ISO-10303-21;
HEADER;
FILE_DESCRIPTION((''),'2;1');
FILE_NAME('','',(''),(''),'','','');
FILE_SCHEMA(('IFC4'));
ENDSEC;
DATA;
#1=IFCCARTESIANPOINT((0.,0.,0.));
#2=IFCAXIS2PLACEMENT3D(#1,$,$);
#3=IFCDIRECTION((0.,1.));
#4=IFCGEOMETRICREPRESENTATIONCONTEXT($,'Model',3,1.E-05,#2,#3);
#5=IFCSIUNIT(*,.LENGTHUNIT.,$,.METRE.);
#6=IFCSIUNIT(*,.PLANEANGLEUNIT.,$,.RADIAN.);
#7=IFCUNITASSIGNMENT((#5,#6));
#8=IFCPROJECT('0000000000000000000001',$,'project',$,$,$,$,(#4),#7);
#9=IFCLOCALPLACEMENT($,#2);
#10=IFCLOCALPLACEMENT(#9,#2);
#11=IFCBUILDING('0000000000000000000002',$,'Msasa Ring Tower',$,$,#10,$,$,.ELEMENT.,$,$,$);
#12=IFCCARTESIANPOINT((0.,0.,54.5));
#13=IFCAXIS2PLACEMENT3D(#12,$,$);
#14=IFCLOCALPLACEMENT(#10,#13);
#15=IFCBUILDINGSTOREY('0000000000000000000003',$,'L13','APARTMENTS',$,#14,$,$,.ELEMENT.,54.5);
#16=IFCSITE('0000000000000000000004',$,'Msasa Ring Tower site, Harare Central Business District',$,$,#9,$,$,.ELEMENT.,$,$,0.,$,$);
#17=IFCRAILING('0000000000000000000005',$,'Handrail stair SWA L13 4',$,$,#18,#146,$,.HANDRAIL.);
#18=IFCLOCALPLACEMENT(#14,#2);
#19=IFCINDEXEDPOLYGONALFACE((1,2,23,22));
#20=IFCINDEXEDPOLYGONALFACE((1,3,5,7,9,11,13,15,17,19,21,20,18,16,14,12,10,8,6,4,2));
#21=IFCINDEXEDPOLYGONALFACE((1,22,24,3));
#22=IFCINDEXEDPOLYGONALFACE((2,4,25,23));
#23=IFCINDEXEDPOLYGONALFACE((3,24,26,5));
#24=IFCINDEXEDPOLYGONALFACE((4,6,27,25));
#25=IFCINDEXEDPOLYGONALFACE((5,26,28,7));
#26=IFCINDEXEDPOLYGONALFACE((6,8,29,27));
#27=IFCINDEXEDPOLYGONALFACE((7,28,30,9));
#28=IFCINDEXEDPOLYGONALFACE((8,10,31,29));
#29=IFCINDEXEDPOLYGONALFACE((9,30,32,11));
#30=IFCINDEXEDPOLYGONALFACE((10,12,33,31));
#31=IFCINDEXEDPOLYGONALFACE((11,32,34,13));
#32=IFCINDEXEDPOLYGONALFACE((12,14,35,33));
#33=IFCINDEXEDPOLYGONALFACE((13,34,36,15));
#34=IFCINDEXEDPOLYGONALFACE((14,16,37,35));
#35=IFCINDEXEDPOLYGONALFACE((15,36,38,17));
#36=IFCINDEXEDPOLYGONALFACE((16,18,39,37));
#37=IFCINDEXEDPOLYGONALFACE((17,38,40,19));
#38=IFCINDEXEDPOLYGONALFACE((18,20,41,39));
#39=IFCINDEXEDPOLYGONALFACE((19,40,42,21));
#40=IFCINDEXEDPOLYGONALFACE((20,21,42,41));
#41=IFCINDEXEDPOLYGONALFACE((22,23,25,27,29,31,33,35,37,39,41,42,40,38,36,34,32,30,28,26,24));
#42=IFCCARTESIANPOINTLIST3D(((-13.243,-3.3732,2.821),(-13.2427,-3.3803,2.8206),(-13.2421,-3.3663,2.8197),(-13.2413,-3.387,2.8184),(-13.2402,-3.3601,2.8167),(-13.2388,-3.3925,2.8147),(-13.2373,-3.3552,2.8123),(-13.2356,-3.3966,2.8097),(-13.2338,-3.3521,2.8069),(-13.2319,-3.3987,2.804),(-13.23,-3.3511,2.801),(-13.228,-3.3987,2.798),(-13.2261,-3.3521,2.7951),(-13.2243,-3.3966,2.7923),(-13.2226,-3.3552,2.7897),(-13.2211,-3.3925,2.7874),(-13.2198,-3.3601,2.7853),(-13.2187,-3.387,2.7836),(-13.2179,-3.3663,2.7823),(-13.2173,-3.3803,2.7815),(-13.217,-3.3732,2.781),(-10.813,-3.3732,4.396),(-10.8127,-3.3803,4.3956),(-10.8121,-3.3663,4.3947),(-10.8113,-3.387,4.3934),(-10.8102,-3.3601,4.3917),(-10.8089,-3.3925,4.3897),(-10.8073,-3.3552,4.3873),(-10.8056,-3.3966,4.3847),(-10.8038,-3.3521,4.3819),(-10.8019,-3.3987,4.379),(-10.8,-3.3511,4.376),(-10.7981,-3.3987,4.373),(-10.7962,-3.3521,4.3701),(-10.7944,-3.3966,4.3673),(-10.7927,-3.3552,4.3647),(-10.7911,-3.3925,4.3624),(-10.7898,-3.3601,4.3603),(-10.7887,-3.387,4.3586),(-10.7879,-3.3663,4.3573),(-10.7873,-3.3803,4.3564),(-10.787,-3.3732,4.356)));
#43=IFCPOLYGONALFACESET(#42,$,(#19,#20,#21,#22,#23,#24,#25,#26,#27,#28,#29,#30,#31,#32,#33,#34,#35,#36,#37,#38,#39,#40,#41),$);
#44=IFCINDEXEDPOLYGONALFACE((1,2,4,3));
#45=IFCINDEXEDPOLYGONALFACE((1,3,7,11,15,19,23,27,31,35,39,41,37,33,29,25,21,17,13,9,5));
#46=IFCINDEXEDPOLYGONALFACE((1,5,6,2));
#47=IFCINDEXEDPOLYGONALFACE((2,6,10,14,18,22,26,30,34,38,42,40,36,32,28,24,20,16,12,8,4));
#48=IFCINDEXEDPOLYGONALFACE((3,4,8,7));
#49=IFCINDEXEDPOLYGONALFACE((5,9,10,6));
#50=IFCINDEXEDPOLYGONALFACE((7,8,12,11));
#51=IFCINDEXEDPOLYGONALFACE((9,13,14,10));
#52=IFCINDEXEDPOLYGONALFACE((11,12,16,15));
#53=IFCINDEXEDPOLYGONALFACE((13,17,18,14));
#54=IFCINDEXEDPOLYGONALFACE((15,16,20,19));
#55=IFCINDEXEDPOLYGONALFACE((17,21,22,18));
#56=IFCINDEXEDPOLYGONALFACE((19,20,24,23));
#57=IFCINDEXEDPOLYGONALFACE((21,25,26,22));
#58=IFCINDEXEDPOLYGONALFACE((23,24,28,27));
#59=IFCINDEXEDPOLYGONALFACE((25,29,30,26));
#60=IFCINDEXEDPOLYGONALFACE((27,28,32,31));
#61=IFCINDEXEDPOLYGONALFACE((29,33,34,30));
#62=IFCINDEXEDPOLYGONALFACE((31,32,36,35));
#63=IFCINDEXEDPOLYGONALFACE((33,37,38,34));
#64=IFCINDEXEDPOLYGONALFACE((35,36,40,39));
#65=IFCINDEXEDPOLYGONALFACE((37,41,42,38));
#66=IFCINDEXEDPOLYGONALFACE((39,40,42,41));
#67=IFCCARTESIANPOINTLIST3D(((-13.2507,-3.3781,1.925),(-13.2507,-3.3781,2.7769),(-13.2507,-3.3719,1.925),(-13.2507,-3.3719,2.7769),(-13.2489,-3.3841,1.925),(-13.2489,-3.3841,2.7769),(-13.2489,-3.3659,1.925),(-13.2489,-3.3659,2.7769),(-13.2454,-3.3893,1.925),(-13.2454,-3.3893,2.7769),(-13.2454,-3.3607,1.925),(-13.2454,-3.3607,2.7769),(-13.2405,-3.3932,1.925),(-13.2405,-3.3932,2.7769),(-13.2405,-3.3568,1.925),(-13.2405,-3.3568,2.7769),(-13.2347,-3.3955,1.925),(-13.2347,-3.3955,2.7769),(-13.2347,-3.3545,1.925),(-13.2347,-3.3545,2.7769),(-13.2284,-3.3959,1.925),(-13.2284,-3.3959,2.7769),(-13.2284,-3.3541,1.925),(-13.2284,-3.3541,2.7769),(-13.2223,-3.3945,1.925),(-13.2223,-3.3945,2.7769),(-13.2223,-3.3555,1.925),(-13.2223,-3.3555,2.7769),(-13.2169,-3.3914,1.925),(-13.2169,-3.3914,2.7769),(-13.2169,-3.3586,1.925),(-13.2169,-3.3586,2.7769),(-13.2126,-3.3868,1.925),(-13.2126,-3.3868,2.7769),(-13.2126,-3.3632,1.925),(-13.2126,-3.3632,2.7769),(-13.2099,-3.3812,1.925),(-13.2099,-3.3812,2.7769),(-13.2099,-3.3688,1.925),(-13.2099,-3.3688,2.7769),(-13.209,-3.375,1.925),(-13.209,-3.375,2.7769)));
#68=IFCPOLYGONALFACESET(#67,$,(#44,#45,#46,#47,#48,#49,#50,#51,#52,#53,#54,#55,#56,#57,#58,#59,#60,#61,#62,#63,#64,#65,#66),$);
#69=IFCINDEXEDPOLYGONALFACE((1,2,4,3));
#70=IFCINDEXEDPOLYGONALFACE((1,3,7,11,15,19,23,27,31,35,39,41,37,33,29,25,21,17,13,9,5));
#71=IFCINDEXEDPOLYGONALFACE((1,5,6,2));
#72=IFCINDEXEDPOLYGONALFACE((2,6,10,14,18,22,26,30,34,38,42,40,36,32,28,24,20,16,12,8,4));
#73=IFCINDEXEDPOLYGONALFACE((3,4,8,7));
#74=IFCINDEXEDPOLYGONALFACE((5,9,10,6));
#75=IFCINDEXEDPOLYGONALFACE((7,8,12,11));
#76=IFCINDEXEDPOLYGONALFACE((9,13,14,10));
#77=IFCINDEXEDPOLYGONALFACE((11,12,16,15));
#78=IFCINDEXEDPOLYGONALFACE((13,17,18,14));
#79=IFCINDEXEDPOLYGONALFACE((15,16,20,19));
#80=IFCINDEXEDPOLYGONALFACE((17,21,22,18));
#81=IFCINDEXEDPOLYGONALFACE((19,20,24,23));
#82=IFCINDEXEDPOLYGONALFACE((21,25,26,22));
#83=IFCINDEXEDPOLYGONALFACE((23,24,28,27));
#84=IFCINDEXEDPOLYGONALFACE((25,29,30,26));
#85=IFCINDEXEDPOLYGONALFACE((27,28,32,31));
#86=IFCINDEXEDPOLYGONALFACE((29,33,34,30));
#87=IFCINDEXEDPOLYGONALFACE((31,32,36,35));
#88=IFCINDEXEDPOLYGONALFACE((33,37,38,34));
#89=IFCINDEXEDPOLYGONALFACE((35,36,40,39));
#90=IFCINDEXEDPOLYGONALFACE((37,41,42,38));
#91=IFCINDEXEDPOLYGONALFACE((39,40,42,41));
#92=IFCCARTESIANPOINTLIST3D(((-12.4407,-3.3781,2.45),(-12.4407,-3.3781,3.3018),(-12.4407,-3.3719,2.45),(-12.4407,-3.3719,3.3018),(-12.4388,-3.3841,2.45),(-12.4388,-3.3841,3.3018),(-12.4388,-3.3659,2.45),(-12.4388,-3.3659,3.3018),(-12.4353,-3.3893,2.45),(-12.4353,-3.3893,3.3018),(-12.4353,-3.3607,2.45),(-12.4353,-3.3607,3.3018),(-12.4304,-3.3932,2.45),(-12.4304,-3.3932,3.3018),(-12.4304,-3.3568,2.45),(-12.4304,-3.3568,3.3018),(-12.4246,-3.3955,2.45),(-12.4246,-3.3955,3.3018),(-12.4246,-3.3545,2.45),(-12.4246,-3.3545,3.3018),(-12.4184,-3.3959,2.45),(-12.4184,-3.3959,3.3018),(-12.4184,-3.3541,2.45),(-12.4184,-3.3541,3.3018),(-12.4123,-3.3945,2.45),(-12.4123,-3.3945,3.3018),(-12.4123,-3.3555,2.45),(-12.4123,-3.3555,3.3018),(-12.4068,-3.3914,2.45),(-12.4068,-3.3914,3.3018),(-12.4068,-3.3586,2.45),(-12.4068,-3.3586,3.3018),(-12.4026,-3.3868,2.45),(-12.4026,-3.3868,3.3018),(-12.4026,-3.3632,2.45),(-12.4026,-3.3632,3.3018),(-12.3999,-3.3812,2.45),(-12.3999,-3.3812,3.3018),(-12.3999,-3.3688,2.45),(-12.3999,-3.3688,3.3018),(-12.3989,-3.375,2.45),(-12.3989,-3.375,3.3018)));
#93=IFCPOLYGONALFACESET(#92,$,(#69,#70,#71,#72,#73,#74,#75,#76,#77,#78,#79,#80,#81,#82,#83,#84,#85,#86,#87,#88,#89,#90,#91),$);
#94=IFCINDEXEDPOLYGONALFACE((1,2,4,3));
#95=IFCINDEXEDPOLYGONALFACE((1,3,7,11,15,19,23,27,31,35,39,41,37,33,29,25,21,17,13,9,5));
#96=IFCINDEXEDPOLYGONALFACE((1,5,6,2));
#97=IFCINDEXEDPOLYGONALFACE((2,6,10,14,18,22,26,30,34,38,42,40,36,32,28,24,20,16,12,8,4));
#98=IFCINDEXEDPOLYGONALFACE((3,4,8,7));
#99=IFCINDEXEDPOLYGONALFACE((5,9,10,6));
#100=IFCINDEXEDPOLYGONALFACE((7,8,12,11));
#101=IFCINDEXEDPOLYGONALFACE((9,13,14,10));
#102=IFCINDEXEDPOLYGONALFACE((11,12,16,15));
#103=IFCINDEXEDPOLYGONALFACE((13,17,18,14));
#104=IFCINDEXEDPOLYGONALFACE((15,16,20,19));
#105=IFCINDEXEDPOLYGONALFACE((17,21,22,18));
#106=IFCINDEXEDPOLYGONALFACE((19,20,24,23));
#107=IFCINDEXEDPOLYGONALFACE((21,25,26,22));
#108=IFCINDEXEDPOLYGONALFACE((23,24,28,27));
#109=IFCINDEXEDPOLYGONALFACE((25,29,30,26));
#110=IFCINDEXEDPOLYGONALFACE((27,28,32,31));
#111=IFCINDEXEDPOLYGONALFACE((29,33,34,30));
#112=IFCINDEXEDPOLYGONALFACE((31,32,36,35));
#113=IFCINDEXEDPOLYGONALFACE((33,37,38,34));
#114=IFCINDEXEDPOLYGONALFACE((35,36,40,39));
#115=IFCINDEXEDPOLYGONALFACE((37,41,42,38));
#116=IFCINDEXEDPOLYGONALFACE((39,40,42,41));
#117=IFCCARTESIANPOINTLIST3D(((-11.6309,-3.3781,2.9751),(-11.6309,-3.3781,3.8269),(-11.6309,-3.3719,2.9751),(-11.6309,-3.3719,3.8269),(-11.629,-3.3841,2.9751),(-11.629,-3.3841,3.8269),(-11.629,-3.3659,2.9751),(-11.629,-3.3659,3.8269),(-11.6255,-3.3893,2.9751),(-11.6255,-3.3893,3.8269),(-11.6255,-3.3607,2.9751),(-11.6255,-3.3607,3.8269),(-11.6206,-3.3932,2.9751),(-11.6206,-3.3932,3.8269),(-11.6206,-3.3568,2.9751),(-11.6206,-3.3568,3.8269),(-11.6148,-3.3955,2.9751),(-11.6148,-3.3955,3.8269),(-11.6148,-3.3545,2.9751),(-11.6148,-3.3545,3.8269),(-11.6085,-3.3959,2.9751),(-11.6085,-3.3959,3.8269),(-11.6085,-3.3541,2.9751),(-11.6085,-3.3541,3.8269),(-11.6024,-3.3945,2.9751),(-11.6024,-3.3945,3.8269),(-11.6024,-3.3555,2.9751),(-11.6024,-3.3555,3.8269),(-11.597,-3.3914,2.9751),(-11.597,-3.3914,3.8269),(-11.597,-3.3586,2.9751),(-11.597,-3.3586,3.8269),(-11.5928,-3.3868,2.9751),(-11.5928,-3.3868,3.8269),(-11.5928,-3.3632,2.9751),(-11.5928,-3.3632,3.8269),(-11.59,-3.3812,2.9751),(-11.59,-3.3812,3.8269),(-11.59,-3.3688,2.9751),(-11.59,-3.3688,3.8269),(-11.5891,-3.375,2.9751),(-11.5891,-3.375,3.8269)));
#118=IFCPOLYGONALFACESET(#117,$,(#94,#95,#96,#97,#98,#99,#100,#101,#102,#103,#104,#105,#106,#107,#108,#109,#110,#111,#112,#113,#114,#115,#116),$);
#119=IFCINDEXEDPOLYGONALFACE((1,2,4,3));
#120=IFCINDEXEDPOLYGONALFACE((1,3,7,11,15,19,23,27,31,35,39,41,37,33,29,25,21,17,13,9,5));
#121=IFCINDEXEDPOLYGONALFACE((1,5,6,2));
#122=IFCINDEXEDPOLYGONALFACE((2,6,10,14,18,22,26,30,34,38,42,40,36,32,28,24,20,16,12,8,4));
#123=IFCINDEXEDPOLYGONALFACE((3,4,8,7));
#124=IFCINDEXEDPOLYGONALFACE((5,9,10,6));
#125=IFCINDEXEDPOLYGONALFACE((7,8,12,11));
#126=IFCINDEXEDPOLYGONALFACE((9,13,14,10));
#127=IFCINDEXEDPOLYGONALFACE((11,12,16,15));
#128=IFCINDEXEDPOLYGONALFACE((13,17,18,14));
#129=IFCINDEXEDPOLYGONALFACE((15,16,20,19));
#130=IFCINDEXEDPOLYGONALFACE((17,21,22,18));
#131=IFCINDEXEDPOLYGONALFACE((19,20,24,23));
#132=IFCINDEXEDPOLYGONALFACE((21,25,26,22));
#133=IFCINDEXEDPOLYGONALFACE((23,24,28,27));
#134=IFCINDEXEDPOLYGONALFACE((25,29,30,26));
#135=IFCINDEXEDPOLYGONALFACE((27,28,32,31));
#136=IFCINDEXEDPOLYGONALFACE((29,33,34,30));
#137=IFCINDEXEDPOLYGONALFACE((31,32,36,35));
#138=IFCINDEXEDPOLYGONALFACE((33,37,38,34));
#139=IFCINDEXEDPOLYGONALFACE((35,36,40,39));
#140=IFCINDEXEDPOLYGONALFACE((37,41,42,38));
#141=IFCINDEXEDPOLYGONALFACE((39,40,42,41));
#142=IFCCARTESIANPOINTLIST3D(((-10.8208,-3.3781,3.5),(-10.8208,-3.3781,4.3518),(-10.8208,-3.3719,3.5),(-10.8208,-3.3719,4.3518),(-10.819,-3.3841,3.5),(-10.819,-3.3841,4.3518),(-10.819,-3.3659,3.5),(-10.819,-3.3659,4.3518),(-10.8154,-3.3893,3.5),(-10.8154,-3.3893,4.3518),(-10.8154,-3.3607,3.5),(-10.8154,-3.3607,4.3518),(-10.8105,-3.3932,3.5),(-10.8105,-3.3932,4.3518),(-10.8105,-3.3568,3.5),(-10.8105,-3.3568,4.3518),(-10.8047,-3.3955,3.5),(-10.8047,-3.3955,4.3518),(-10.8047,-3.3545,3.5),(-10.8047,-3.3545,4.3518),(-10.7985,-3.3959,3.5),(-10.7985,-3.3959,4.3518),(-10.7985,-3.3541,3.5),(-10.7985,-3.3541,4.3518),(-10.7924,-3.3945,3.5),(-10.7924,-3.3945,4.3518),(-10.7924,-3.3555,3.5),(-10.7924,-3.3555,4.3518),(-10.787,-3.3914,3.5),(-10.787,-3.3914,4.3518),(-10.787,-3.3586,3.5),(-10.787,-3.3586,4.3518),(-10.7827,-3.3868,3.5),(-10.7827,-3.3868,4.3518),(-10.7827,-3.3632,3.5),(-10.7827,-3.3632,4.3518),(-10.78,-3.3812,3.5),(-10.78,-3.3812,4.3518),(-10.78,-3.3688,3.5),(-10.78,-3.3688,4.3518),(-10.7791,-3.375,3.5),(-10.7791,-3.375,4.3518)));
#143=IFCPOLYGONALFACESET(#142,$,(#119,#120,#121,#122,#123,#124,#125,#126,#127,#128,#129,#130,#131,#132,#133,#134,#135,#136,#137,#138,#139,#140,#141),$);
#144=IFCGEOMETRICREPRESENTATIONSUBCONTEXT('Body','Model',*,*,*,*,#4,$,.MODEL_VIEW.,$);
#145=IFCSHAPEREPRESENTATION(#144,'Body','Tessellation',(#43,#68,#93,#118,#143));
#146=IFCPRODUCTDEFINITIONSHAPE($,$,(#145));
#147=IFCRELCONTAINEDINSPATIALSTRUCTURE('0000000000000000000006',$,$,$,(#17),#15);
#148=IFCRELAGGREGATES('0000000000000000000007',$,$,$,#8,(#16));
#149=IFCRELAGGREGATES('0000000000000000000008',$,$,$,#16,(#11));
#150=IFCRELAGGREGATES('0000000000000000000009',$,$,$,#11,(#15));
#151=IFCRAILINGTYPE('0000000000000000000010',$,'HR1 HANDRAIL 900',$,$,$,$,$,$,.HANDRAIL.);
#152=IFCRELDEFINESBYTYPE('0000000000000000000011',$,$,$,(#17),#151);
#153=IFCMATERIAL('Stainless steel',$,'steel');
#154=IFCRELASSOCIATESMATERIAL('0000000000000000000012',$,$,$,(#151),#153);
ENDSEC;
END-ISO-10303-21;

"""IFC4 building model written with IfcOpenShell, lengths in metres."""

from ifc_helpers import new_model, si_unit, direction, frame, origin, origin_2d, place, context, subcontext, project, spatial, circle, extrude, material, type_object, element, save


model = new_model("IFC4")

# Units and contexts
model_context = context("Model", 3, precision=1e-05, world=origin(), true_north=direction((0.0, 1.0)))
body_context = subcontext(model_context, "Body", "Model", "MODEL_VIEW")
ifc_project = project(units=[si_unit("LENGTHUNIT", "METRE"), si_unit("PLANEANGLEUNIT", "RADIAN")], contexts=[model_context])

# Site, building, storey
site_placement = place(None, origin())
site = spatial("IfcSite", under=ifc_project, at=site_placement, Name="Msasa Ring Tower site, Harare Central Business District", CompositionType="ELEMENT", RefElevation=0.0)
building_placement = place(site_placement, origin())
building = spatial("IfcBuilding", under=site, at=building_placement, Name="Msasa Ring Tower", CompositionType="ELEMENT")
storey_placement = place(building_placement, frame((0.0, 0.0, 54.5)))
storey = spatial("IfcBuildingStorey", under=building, at=storey_placement, Name="L13", Description="APARTMENTS", CompositionType="ELEMENT", Elevation=54.5)

# Railing
ifc_material_1 = material(Name="Stainless steel", Category="steel")
railing_type = type_object("IfcRailingType", Name="HR1 HANDRAIL 900", PredefinedType="HANDRAIL", material=ifc_material_1)
for number, where, name in (
    (1, (-13.23, -3.375, 1.925), "Handrail stair SWA L13 4"),
):
    element("IfcRailing", number, at=place(storey_placement, frame(where)), inside=storey, type_object=railing_type, Name=name, PredefinedType="HANDRAIL", context=body_context, shape_type="SweptSolid", body=[
        extrude(circle(Radius=0.0239, at=origin_2d()), frame((0.0, 0.0, 0.876), z_axis=(0.839154, 0.0, 0.543894), x_axis=(0.0, 1.0, 0.0)), (0.0, 0.0, 1.0), 2.8958),
        extrude(circle(Radius=0.021, at=origin_2d()), origin(), (0.0, 0.0, 1.0), 0.8518),
        extrude(circle(Radius=0.021, at=origin_2d()), frame((0.8101, 0.0, 0.5249)), (0.0, 0.0, 1.0), 0.8518),
        extrude(circle(Radius=0.021, at=origin_2d()), frame((1.6199, 0.0, 1.05)), (0.0, 0.0, 1.0), 0.8518),
        extrude(circle(Radius=0.021, at=origin_2d()), frame((2.4299, 0.0, 1.575)), (0.0, 0.0, 1.0), 0.8518),
    ])

save(model, "model.ifc")
